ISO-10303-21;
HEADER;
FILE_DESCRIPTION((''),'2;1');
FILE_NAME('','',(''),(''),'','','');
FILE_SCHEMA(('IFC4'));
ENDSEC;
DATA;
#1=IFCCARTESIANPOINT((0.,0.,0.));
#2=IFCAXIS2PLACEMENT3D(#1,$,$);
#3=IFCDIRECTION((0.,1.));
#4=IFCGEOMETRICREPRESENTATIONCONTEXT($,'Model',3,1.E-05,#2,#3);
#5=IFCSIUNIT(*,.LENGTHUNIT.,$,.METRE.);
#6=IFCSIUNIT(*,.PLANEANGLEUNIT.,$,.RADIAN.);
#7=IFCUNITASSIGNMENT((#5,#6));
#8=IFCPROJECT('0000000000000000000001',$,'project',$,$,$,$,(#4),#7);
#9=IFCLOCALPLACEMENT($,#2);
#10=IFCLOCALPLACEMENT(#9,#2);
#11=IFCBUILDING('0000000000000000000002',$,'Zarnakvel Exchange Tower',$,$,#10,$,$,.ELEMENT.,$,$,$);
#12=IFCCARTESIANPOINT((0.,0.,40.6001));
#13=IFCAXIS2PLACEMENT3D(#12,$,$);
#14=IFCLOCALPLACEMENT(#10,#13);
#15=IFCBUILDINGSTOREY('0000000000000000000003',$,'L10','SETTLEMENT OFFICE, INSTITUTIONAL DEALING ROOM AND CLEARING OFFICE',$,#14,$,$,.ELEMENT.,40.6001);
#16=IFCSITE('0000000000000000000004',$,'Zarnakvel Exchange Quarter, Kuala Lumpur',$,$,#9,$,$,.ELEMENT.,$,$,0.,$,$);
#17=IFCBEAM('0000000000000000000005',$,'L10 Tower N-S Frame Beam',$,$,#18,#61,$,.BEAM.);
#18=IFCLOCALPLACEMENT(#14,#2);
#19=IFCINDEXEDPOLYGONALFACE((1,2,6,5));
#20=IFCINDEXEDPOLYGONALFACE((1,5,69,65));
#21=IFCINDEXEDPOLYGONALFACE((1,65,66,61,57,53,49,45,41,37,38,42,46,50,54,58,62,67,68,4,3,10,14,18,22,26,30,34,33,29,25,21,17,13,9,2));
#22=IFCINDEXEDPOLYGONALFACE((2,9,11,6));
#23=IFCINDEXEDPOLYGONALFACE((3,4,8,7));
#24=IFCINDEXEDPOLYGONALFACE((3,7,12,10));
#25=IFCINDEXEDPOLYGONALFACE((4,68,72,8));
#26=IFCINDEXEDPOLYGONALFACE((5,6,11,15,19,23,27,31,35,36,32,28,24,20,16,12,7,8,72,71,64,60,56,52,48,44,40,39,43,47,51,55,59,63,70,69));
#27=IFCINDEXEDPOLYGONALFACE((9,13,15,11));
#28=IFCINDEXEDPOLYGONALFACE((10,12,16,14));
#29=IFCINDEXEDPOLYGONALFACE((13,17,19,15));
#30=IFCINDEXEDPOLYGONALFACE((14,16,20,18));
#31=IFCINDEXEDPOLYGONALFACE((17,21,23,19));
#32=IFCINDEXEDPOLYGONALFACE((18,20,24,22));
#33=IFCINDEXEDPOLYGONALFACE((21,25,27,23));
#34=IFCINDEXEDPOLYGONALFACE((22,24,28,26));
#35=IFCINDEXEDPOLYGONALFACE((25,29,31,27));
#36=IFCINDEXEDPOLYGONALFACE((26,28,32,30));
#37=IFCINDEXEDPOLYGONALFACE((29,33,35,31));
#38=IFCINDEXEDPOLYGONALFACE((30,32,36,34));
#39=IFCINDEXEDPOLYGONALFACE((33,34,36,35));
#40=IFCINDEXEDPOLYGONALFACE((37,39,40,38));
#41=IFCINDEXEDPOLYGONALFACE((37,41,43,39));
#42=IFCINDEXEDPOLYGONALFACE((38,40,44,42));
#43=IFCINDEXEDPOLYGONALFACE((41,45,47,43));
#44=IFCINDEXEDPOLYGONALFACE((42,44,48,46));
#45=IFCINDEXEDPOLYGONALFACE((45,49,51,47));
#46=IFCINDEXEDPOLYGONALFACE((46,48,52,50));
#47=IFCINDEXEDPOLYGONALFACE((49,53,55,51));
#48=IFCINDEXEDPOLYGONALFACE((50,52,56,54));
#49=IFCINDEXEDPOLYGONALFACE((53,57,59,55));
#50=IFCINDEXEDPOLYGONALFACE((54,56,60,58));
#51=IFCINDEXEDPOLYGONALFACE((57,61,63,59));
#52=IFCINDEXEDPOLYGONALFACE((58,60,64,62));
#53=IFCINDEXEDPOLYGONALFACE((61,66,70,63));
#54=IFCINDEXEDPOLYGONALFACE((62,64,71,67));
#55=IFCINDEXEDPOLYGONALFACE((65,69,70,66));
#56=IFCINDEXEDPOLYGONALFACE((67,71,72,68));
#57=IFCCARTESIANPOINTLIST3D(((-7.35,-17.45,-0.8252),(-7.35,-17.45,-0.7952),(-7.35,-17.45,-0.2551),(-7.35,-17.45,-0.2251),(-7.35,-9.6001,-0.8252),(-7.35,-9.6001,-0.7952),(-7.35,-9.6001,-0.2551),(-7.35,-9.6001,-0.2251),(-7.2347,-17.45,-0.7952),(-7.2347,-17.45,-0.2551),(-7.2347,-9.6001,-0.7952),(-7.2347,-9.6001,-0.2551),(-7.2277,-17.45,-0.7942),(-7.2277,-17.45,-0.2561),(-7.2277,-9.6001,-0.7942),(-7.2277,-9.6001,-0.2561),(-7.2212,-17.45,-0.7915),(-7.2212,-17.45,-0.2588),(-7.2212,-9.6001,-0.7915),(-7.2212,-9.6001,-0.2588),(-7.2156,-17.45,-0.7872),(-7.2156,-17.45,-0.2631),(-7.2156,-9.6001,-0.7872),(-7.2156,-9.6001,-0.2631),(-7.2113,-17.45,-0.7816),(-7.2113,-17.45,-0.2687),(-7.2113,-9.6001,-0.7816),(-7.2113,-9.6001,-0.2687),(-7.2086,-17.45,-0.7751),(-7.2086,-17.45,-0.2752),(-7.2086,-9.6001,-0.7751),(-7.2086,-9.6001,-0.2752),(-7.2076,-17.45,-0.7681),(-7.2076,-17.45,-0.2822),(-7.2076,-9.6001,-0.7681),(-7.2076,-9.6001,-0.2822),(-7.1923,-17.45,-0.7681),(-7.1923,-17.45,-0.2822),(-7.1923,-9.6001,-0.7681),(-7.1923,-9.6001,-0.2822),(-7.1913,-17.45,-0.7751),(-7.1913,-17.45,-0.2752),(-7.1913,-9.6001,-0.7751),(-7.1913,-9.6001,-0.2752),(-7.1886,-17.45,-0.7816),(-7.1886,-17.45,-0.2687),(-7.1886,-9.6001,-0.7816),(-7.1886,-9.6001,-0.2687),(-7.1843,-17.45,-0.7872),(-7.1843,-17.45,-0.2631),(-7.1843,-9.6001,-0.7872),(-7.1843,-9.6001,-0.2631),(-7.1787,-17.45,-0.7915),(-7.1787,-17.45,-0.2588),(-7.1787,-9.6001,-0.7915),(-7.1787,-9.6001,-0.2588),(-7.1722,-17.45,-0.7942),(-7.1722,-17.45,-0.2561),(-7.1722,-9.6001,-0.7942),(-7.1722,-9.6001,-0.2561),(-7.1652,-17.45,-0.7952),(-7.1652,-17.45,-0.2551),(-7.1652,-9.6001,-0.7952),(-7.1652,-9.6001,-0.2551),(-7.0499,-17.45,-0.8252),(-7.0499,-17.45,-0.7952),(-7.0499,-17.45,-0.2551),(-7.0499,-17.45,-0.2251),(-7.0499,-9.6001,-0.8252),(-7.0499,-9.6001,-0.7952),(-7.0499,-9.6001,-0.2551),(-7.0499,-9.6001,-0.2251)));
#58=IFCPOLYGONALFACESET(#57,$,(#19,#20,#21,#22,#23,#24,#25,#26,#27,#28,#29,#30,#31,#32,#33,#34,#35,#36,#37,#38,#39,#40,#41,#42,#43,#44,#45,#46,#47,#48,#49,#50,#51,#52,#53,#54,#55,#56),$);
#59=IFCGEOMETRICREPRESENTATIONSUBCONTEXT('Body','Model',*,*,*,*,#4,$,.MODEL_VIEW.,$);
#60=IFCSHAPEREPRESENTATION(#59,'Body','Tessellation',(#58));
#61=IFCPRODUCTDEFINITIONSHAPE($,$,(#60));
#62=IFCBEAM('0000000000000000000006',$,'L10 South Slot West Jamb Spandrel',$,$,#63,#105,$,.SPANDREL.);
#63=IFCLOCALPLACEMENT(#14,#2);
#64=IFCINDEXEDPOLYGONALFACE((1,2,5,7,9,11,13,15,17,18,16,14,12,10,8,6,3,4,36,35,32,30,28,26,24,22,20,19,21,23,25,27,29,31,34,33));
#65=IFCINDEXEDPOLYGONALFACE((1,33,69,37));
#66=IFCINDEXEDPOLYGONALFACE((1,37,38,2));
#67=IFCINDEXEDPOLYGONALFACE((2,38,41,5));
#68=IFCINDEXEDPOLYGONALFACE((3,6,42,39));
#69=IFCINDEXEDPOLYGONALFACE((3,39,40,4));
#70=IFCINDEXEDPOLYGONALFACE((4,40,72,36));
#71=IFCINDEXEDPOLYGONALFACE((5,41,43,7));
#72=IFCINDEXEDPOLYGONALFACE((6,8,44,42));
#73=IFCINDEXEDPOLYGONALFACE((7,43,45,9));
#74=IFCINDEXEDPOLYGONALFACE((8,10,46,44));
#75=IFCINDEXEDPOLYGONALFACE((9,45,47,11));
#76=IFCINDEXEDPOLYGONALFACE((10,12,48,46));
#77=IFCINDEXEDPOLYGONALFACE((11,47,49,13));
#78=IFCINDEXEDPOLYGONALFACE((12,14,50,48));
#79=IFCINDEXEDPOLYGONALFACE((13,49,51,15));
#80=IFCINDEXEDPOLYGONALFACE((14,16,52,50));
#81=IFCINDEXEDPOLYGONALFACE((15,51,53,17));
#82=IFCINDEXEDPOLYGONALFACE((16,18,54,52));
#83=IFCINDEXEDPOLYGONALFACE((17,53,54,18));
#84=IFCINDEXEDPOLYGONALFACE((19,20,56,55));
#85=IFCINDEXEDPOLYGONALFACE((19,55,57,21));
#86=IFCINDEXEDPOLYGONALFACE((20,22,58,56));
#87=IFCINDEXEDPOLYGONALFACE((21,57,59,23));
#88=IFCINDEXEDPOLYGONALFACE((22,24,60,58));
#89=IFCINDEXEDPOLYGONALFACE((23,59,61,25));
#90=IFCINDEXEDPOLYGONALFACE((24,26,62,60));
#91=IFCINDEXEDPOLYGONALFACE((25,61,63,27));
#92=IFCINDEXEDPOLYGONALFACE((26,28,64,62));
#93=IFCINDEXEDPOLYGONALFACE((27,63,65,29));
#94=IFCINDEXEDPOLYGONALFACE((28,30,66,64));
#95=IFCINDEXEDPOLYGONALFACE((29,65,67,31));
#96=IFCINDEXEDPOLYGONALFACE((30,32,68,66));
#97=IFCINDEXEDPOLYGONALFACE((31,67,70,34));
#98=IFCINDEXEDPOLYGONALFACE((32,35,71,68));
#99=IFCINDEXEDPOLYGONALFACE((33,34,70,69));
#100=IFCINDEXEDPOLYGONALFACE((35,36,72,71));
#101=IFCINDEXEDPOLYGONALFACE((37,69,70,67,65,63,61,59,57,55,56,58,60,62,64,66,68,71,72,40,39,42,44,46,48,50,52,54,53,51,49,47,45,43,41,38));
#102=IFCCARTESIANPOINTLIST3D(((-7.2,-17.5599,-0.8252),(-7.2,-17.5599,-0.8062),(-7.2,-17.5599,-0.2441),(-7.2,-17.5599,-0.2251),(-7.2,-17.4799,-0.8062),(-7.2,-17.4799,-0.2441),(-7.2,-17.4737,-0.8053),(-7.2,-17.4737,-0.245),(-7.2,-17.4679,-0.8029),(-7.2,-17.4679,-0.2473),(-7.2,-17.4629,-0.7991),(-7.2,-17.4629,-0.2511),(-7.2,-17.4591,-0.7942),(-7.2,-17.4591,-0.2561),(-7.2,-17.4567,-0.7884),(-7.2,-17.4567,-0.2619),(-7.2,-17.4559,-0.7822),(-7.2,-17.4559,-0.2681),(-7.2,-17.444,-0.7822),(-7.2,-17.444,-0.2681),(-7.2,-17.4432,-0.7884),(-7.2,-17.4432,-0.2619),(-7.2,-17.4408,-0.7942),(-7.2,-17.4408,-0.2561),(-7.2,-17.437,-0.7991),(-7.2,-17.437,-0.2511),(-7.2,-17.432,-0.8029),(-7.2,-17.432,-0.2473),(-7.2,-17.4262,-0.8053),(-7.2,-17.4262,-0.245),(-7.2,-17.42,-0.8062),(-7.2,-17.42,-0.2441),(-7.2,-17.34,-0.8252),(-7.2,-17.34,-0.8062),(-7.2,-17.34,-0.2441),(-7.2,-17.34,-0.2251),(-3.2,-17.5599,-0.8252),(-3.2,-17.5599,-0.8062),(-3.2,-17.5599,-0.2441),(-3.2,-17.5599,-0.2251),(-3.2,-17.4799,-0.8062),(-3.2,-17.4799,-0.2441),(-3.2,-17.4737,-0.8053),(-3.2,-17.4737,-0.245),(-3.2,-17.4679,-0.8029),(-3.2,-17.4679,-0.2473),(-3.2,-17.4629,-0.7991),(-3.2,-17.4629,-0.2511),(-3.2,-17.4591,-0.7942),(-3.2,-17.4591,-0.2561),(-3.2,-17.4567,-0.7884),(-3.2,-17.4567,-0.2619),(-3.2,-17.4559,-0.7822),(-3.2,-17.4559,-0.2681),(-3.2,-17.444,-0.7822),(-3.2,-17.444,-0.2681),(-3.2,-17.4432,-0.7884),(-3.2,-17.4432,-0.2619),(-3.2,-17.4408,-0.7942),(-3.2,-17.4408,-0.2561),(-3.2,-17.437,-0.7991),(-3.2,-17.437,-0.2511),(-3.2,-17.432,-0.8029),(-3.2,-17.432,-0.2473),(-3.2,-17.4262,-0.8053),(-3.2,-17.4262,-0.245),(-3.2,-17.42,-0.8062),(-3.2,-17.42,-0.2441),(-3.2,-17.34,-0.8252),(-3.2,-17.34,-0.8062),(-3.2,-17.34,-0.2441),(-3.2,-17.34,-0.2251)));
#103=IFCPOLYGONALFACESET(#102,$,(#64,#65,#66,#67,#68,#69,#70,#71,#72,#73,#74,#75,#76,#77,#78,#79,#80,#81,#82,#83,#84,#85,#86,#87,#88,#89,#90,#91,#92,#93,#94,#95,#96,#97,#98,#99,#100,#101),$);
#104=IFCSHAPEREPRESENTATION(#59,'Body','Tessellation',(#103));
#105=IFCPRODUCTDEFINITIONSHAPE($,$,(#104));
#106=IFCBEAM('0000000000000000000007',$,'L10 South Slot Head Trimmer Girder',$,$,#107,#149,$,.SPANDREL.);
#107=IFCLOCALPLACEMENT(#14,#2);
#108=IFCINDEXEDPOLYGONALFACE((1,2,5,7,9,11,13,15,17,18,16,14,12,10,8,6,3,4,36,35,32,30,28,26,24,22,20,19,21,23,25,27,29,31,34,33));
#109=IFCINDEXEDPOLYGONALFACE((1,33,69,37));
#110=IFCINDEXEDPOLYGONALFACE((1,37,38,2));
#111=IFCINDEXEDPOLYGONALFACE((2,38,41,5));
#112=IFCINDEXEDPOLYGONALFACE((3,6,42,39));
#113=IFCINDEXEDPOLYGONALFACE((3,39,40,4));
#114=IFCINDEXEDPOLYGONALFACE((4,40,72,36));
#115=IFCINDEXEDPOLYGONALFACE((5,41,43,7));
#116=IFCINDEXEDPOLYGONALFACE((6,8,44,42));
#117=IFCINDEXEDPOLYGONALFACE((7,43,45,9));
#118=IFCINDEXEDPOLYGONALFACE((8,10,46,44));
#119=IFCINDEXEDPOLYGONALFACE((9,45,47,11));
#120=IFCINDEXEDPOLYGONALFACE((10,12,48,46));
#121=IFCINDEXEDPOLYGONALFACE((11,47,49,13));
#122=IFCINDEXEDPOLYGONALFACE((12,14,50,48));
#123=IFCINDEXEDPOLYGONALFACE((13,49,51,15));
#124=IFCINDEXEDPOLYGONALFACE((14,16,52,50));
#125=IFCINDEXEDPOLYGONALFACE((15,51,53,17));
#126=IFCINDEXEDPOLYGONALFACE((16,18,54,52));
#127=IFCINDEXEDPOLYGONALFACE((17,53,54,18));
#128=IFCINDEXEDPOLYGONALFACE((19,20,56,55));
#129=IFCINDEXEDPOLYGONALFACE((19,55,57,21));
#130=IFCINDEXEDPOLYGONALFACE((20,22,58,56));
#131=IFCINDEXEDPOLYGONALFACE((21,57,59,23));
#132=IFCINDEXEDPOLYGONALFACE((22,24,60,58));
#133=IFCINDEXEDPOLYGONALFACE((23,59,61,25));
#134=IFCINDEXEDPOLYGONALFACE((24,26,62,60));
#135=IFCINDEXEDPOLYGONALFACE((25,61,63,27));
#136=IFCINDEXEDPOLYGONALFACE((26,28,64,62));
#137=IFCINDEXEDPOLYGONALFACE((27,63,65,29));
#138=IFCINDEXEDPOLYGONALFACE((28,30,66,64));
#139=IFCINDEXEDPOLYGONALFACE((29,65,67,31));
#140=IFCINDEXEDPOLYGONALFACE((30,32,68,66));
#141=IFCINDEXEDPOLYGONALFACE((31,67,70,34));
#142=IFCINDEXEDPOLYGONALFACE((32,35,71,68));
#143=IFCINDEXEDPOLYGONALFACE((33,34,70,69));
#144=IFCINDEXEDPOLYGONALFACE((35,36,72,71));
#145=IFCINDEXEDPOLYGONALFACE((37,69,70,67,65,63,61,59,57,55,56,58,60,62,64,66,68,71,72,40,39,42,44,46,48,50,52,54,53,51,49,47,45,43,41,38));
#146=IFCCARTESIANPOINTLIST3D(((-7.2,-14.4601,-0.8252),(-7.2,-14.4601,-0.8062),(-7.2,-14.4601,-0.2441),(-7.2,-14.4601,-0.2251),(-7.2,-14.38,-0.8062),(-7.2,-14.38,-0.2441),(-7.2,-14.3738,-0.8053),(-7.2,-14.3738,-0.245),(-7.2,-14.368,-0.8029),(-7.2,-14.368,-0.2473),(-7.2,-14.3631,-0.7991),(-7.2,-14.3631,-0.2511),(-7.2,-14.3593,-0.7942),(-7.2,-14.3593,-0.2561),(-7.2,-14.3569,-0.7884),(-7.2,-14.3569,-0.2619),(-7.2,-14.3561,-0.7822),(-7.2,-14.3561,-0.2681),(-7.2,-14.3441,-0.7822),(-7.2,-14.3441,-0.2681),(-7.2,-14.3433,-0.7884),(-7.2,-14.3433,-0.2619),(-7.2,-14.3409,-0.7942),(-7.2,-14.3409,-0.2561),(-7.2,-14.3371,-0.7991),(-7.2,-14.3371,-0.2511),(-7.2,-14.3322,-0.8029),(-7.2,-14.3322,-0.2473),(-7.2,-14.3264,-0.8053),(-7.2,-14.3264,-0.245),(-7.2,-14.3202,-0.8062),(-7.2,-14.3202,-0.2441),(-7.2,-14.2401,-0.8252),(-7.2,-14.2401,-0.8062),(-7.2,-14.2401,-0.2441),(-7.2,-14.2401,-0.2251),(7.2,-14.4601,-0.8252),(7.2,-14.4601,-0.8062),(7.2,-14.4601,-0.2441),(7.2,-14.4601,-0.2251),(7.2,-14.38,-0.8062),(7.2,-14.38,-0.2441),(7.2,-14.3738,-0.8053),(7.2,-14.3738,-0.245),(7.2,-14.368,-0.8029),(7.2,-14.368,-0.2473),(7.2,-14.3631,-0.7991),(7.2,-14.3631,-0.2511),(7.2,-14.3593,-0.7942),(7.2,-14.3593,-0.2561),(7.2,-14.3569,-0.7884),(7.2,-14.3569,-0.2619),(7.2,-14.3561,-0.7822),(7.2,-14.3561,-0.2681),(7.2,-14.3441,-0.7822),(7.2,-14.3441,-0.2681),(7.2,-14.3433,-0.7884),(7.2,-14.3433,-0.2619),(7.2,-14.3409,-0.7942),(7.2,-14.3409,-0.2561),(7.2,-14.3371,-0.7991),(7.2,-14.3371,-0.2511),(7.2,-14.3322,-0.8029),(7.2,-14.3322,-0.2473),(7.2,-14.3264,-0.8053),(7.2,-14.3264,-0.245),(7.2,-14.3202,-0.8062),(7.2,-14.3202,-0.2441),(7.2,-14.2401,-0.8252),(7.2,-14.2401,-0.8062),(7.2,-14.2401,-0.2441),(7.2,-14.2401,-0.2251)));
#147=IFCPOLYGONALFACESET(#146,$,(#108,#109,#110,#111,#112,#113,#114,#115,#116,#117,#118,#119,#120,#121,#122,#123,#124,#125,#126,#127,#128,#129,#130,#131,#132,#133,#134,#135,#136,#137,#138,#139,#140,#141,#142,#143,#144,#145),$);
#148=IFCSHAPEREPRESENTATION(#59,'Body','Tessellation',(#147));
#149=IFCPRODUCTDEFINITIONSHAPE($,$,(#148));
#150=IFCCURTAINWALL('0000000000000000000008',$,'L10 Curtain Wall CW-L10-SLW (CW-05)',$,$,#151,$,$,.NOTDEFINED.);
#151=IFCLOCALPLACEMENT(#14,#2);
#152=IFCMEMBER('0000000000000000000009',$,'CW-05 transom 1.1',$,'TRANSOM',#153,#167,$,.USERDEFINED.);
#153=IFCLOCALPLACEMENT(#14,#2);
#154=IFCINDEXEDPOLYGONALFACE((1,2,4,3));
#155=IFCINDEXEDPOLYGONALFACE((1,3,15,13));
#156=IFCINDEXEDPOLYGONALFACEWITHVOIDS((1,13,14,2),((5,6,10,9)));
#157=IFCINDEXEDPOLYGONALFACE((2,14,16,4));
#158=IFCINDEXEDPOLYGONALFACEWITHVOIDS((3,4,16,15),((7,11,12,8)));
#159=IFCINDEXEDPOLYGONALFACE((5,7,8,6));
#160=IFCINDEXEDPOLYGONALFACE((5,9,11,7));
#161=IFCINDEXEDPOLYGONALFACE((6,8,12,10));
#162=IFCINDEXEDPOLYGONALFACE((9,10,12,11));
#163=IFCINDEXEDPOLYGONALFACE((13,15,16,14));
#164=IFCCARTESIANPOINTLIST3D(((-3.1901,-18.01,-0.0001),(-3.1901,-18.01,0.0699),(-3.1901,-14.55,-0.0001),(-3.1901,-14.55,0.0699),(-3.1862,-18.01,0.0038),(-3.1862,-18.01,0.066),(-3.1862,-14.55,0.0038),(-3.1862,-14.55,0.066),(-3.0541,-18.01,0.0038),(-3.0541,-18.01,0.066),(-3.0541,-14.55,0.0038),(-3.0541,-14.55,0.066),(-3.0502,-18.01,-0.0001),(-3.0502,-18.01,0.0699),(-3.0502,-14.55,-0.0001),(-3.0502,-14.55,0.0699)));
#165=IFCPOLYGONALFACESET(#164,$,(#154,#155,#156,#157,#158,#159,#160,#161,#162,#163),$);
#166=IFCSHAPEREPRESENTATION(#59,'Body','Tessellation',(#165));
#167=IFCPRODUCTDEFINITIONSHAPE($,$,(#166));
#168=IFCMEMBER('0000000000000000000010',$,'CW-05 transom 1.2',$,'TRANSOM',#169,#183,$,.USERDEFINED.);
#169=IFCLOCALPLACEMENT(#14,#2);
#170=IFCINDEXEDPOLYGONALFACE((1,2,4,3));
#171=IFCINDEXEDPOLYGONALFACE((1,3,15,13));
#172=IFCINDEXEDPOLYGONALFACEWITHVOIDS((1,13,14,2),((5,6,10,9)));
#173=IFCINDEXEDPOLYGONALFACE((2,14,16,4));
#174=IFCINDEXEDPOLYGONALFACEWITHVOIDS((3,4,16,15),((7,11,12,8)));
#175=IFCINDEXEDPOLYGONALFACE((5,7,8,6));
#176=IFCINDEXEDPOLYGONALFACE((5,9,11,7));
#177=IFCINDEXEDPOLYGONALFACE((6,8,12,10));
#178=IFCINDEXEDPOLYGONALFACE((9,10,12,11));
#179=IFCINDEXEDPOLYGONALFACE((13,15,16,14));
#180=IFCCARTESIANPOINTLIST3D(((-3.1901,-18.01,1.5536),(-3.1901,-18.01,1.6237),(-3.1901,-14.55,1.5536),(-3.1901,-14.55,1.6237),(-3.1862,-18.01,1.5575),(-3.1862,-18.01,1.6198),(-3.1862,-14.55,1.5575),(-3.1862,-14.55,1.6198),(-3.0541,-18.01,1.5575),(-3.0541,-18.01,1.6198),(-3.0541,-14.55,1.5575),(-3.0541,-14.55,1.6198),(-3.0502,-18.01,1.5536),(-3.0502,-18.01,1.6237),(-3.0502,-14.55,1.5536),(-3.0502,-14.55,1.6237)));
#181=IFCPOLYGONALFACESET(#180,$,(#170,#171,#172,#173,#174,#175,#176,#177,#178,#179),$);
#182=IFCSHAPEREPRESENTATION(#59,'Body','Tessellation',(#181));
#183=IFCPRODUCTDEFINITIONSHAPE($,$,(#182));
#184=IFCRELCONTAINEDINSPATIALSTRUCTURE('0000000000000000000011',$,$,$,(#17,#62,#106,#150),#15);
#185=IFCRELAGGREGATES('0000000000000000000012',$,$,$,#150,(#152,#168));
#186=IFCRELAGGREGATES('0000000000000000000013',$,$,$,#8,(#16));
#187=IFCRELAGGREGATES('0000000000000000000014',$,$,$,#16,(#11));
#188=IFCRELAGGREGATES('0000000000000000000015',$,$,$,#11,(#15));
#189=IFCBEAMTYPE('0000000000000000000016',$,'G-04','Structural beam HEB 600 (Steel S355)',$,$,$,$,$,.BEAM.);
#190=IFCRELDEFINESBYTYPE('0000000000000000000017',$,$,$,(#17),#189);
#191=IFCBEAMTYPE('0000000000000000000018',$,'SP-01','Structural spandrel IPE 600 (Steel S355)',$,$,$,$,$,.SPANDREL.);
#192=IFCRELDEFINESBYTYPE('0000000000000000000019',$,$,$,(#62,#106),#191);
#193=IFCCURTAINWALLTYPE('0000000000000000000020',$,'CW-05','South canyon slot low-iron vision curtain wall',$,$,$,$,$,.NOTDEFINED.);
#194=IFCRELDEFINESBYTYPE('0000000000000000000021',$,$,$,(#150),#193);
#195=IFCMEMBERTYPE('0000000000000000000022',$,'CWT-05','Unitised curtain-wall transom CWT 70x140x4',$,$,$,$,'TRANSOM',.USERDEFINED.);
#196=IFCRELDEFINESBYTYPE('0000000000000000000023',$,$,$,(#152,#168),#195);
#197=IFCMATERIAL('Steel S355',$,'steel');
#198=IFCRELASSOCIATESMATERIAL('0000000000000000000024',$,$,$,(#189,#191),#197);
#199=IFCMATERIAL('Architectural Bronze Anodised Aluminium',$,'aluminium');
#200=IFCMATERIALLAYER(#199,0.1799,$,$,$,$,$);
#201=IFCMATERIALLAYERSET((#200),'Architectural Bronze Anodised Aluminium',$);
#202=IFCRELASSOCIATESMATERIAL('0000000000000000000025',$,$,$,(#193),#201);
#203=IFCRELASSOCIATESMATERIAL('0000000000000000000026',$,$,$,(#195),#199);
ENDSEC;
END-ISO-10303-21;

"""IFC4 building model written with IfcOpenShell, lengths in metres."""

from ifc_helpers import new_model, si_unit, direction, frame, origin, origin_2d, place, context, subcontext, project, spatial, hollow_rectangle, i_section, extrude, source, transform, mapped, material, layer, layer_set, material_profile, profile_set, type_object, element, aggregate, save


model = new_model("IFC4")

# Units and contexts
model_context = context("Model", 3, precision=1e-05, world=origin(), true_north=direction((0.0, 1.0)))
body_context = subcontext(model_context, "Body", "Model", "MODEL_VIEW")
ifc_project = project(units=[si_unit("LENGTHUNIT", "METRE"), si_unit("PLANEANGLEUNIT", "RADIAN")], contexts=[model_context])

# Site, building, storey
site_placement = place(None, origin())
site = spatial("IfcSite", under=ifc_project, at=site_placement, Name="Zarnakvel Exchange Quarter, Kuala Lumpur", CompositionType="ELEMENT", RefElevation=0.0)
building_placement = place(site_placement, origin())
building = spatial("IfcBuilding", under=site, at=building_placement, Name="Zarnakvel Exchange Tower", CompositionType="ELEMENT")
storey_placement = place(building_placement, frame((0.0, 0.0, 40.6001)))
storey = spatial("IfcBuildingStorey", under=building, at=storey_placement, Name="L10", Description="SETTLEMENT OFFICE, INSTITUTIONAL DEALING ROOM AND CLEARING OFFICE", CompositionType="ELEMENT", Elevation=40.6001)

# Beams
ifc_material_1 = material(Name="Steel S355", Category="steel")
ifc_material_profile_1 = material_profile(ifc_material_1, i_section(OverallWidth=0.3, OverallDepth=0.6001, WebThickness=0.0154, FlangeThickness=0.03, FilletRadius=0.0271, at=origin_2d()))
ifc_profile_set_1 = profile_set([ifc_material_profile_1], Name="Steel S355")
beam_type_1 = type_object("IfcBeamType", Name="G-04", Description="Structural beam HEB 600 (Steel S355)", PredefinedType="BEAM", material=ifc_profile_set_1)
for number, where, z_axis, x_axis, name in (
    (1, (-7.2, -17.45, -0.5251), (0.0, 1.0, 0.0), (-1.0, 0.0, 0.0), "L10 Tower N-S Frame Beam"),
):
    element("IfcBeam", number, at=place(storey_placement, frame(where, z_axis=z_axis, x_axis=x_axis)), inside=storey, type_object=beam_type_1, Name=name, PredefinedType="BEAM", context=body_context, shape_type="SweptSolid", body=[
        extrude(i_section(OverallWidth=0.3, OverallDepth=0.6001, WebThickness=0.0154, FlangeThickness=0.03, FilletRadius=0.0271, at=origin_2d()), origin(), (0.0, 0.0, 1.0), 7.8499),
    ])
ifc_material_profile_2 = material_profile(ifc_material_1, i_section(OverallWidth=0.22, OverallDepth=0.6001, WebThickness=0.012, FlangeThickness=0.019, FilletRadius=0.0239, at=origin_2d()))
ifc_profile_set_2 = profile_set([ifc_material_profile_2], Name="Steel S355")
beam_type_2 = type_object("IfcBeamType", Name="SP-01", Description="Structural spandrel IPE 600 (Steel S355)", PredefinedType="SPANDREL", material=ifc_profile_set_2)
beam_1_placement = place(storey_placement, frame((-7.2, -17.45, -0.5251), z_axis=(1.0, 0.0, 0.0), x_axis=(0.0, 1.0, 0.0)))
element("IfcBeam", 2, at=beam_1_placement, inside=storey, type_object=beam_type_2, Name="L10 South Slot West Jamb Spandrel", PredefinedType="SPANDREL", context=body_context, shape_type="SweptSolid", body=[
    extrude(i_section(OverallWidth=0.22, OverallDepth=0.6001, WebThickness=0.012, FlangeThickness=0.019, FilletRadius=0.0239, at=origin_2d()), origin(), (0.0, 0.0, 1.0), 4.0),
])
beam_2_placement = place(storey_placement, frame((-7.2, -14.3501, -0.5251), z_axis=(1.0, 0.0, 0.0), x_axis=(0.0, 1.0, 0.0)))
element("IfcBeam", 3, at=beam_2_placement, inside=storey, type_object=beam_type_2, Name="L10 South Slot Head Trimmer Girder", PredefinedType="SPANDREL", context=body_context, shape_type="SweptSolid", body=[
    extrude(i_section(OverallWidth=0.22, OverallDepth=0.6001, WebThickness=0.012, FlangeThickness=0.019, FilletRadius=0.0239, at=origin_2d()), origin(), (0.0, 0.0, 1.0), 14.3999),
])

# Curtain wall, members
ifc_material_2 = material(Name="Architectural Bronze Anodised Aluminium", Category="aluminium")
ifc_layer_1 = layer(ifc_material_2, 0.1799)
ifc_layer_set_1 = layer_set([ifc_layer_1], Name="Architectural Bronze Anodised Aluminium")
curtain_wall_type = type_object("IfcCurtainWallType", Name="CW-05", Description="South canyon slot low-iron vision curtain wall", PredefinedType="NOTDEFINED", material=ifc_layer_set_1)
curtain_wall_1_placement = place(storey_placement, origin())
curtain_wall_1 = element("IfcCurtainWall", 4, at=curtain_wall_1_placement, inside=storey, type_object=curtain_wall_type, Name="L10 Curtain Wall CW-L10-SLW (CW-05)", PredefinedType="NOTDEFINED")
ifc_material_profile_3 = material_profile(ifc_material_2, hollow_rectangle(XDim=0.1399, YDim=0.0701, WallThickness=0.0039, at=origin_2d()))
ifc_profile_set_3 = profile_set([ifc_material_profile_3], Name="Architectural Bronze Anodised Aluminium")
member_type_1 = type_object("IfcMemberType", Name="CWT-05", Description="Unitised curtain-wall transom CWT 70x140x4", ElementType="TRANSOM", PredefinedType="USERDEFINED", material=ifc_profile_set_3)
shared_shape_1 = source(origin(), body_context, "Body", "SweptSolid", [
    extrude(hollow_rectangle(XDim=0.1399, YDim=0.0701, WallThickness=0.0039, at=origin_2d()), origin(), (0.0, 0.0, 1.0), 3.46),
])
member_1_placement = place(storey_placement, frame((-3.1201, -18.01, 0.0349), z_axis=(0.0, 1.0, 0.0), x_axis=(-1.0, 0.0, 0.0)))
member_1 = element("IfcMember", 5, at=member_1_placement, type_object=member_type_1, Name="CW-05 transom 1.1", ObjectType="TRANSOM", PredefinedType="USERDEFINED", context=body_context, shape_type="MappedRepresentation", body=[
    mapped(shared_shape_1, transform((0.0, 0.0, 0.0), x_axis=(1.0, 0.0, 0.0), y_axis=(0.0, 1.0, 0.0), z_axis=(0.0, 0.0, 1.0), scale=1.0)),
])
member_2_placement = place(storey_placement, frame((-3.1201, -18.01, 1.5886), z_axis=(0.0, 1.0, 0.0), x_axis=(-1.0, 0.0, 0.0)))
member_2 = element("IfcMember", 6, at=member_2_placement, type_object=member_type_1, Name="CW-05 transom 1.2", ObjectType="TRANSOM", PredefinedType="USERDEFINED", context=body_context, shape_type="MappedRepresentation", body=[
    mapped(shared_shape_1, transform((0.0, 0.0, 0.0), x_axis=(1.0, 0.0, 0.0), y_axis=(0.0, 1.0, 0.0), z_axis=(0.0, 0.0, 1.0), scale=1.0)),
])

aggregate(curtain_wall_1, [member_1, member_2])

save(model, "model.ifc")
